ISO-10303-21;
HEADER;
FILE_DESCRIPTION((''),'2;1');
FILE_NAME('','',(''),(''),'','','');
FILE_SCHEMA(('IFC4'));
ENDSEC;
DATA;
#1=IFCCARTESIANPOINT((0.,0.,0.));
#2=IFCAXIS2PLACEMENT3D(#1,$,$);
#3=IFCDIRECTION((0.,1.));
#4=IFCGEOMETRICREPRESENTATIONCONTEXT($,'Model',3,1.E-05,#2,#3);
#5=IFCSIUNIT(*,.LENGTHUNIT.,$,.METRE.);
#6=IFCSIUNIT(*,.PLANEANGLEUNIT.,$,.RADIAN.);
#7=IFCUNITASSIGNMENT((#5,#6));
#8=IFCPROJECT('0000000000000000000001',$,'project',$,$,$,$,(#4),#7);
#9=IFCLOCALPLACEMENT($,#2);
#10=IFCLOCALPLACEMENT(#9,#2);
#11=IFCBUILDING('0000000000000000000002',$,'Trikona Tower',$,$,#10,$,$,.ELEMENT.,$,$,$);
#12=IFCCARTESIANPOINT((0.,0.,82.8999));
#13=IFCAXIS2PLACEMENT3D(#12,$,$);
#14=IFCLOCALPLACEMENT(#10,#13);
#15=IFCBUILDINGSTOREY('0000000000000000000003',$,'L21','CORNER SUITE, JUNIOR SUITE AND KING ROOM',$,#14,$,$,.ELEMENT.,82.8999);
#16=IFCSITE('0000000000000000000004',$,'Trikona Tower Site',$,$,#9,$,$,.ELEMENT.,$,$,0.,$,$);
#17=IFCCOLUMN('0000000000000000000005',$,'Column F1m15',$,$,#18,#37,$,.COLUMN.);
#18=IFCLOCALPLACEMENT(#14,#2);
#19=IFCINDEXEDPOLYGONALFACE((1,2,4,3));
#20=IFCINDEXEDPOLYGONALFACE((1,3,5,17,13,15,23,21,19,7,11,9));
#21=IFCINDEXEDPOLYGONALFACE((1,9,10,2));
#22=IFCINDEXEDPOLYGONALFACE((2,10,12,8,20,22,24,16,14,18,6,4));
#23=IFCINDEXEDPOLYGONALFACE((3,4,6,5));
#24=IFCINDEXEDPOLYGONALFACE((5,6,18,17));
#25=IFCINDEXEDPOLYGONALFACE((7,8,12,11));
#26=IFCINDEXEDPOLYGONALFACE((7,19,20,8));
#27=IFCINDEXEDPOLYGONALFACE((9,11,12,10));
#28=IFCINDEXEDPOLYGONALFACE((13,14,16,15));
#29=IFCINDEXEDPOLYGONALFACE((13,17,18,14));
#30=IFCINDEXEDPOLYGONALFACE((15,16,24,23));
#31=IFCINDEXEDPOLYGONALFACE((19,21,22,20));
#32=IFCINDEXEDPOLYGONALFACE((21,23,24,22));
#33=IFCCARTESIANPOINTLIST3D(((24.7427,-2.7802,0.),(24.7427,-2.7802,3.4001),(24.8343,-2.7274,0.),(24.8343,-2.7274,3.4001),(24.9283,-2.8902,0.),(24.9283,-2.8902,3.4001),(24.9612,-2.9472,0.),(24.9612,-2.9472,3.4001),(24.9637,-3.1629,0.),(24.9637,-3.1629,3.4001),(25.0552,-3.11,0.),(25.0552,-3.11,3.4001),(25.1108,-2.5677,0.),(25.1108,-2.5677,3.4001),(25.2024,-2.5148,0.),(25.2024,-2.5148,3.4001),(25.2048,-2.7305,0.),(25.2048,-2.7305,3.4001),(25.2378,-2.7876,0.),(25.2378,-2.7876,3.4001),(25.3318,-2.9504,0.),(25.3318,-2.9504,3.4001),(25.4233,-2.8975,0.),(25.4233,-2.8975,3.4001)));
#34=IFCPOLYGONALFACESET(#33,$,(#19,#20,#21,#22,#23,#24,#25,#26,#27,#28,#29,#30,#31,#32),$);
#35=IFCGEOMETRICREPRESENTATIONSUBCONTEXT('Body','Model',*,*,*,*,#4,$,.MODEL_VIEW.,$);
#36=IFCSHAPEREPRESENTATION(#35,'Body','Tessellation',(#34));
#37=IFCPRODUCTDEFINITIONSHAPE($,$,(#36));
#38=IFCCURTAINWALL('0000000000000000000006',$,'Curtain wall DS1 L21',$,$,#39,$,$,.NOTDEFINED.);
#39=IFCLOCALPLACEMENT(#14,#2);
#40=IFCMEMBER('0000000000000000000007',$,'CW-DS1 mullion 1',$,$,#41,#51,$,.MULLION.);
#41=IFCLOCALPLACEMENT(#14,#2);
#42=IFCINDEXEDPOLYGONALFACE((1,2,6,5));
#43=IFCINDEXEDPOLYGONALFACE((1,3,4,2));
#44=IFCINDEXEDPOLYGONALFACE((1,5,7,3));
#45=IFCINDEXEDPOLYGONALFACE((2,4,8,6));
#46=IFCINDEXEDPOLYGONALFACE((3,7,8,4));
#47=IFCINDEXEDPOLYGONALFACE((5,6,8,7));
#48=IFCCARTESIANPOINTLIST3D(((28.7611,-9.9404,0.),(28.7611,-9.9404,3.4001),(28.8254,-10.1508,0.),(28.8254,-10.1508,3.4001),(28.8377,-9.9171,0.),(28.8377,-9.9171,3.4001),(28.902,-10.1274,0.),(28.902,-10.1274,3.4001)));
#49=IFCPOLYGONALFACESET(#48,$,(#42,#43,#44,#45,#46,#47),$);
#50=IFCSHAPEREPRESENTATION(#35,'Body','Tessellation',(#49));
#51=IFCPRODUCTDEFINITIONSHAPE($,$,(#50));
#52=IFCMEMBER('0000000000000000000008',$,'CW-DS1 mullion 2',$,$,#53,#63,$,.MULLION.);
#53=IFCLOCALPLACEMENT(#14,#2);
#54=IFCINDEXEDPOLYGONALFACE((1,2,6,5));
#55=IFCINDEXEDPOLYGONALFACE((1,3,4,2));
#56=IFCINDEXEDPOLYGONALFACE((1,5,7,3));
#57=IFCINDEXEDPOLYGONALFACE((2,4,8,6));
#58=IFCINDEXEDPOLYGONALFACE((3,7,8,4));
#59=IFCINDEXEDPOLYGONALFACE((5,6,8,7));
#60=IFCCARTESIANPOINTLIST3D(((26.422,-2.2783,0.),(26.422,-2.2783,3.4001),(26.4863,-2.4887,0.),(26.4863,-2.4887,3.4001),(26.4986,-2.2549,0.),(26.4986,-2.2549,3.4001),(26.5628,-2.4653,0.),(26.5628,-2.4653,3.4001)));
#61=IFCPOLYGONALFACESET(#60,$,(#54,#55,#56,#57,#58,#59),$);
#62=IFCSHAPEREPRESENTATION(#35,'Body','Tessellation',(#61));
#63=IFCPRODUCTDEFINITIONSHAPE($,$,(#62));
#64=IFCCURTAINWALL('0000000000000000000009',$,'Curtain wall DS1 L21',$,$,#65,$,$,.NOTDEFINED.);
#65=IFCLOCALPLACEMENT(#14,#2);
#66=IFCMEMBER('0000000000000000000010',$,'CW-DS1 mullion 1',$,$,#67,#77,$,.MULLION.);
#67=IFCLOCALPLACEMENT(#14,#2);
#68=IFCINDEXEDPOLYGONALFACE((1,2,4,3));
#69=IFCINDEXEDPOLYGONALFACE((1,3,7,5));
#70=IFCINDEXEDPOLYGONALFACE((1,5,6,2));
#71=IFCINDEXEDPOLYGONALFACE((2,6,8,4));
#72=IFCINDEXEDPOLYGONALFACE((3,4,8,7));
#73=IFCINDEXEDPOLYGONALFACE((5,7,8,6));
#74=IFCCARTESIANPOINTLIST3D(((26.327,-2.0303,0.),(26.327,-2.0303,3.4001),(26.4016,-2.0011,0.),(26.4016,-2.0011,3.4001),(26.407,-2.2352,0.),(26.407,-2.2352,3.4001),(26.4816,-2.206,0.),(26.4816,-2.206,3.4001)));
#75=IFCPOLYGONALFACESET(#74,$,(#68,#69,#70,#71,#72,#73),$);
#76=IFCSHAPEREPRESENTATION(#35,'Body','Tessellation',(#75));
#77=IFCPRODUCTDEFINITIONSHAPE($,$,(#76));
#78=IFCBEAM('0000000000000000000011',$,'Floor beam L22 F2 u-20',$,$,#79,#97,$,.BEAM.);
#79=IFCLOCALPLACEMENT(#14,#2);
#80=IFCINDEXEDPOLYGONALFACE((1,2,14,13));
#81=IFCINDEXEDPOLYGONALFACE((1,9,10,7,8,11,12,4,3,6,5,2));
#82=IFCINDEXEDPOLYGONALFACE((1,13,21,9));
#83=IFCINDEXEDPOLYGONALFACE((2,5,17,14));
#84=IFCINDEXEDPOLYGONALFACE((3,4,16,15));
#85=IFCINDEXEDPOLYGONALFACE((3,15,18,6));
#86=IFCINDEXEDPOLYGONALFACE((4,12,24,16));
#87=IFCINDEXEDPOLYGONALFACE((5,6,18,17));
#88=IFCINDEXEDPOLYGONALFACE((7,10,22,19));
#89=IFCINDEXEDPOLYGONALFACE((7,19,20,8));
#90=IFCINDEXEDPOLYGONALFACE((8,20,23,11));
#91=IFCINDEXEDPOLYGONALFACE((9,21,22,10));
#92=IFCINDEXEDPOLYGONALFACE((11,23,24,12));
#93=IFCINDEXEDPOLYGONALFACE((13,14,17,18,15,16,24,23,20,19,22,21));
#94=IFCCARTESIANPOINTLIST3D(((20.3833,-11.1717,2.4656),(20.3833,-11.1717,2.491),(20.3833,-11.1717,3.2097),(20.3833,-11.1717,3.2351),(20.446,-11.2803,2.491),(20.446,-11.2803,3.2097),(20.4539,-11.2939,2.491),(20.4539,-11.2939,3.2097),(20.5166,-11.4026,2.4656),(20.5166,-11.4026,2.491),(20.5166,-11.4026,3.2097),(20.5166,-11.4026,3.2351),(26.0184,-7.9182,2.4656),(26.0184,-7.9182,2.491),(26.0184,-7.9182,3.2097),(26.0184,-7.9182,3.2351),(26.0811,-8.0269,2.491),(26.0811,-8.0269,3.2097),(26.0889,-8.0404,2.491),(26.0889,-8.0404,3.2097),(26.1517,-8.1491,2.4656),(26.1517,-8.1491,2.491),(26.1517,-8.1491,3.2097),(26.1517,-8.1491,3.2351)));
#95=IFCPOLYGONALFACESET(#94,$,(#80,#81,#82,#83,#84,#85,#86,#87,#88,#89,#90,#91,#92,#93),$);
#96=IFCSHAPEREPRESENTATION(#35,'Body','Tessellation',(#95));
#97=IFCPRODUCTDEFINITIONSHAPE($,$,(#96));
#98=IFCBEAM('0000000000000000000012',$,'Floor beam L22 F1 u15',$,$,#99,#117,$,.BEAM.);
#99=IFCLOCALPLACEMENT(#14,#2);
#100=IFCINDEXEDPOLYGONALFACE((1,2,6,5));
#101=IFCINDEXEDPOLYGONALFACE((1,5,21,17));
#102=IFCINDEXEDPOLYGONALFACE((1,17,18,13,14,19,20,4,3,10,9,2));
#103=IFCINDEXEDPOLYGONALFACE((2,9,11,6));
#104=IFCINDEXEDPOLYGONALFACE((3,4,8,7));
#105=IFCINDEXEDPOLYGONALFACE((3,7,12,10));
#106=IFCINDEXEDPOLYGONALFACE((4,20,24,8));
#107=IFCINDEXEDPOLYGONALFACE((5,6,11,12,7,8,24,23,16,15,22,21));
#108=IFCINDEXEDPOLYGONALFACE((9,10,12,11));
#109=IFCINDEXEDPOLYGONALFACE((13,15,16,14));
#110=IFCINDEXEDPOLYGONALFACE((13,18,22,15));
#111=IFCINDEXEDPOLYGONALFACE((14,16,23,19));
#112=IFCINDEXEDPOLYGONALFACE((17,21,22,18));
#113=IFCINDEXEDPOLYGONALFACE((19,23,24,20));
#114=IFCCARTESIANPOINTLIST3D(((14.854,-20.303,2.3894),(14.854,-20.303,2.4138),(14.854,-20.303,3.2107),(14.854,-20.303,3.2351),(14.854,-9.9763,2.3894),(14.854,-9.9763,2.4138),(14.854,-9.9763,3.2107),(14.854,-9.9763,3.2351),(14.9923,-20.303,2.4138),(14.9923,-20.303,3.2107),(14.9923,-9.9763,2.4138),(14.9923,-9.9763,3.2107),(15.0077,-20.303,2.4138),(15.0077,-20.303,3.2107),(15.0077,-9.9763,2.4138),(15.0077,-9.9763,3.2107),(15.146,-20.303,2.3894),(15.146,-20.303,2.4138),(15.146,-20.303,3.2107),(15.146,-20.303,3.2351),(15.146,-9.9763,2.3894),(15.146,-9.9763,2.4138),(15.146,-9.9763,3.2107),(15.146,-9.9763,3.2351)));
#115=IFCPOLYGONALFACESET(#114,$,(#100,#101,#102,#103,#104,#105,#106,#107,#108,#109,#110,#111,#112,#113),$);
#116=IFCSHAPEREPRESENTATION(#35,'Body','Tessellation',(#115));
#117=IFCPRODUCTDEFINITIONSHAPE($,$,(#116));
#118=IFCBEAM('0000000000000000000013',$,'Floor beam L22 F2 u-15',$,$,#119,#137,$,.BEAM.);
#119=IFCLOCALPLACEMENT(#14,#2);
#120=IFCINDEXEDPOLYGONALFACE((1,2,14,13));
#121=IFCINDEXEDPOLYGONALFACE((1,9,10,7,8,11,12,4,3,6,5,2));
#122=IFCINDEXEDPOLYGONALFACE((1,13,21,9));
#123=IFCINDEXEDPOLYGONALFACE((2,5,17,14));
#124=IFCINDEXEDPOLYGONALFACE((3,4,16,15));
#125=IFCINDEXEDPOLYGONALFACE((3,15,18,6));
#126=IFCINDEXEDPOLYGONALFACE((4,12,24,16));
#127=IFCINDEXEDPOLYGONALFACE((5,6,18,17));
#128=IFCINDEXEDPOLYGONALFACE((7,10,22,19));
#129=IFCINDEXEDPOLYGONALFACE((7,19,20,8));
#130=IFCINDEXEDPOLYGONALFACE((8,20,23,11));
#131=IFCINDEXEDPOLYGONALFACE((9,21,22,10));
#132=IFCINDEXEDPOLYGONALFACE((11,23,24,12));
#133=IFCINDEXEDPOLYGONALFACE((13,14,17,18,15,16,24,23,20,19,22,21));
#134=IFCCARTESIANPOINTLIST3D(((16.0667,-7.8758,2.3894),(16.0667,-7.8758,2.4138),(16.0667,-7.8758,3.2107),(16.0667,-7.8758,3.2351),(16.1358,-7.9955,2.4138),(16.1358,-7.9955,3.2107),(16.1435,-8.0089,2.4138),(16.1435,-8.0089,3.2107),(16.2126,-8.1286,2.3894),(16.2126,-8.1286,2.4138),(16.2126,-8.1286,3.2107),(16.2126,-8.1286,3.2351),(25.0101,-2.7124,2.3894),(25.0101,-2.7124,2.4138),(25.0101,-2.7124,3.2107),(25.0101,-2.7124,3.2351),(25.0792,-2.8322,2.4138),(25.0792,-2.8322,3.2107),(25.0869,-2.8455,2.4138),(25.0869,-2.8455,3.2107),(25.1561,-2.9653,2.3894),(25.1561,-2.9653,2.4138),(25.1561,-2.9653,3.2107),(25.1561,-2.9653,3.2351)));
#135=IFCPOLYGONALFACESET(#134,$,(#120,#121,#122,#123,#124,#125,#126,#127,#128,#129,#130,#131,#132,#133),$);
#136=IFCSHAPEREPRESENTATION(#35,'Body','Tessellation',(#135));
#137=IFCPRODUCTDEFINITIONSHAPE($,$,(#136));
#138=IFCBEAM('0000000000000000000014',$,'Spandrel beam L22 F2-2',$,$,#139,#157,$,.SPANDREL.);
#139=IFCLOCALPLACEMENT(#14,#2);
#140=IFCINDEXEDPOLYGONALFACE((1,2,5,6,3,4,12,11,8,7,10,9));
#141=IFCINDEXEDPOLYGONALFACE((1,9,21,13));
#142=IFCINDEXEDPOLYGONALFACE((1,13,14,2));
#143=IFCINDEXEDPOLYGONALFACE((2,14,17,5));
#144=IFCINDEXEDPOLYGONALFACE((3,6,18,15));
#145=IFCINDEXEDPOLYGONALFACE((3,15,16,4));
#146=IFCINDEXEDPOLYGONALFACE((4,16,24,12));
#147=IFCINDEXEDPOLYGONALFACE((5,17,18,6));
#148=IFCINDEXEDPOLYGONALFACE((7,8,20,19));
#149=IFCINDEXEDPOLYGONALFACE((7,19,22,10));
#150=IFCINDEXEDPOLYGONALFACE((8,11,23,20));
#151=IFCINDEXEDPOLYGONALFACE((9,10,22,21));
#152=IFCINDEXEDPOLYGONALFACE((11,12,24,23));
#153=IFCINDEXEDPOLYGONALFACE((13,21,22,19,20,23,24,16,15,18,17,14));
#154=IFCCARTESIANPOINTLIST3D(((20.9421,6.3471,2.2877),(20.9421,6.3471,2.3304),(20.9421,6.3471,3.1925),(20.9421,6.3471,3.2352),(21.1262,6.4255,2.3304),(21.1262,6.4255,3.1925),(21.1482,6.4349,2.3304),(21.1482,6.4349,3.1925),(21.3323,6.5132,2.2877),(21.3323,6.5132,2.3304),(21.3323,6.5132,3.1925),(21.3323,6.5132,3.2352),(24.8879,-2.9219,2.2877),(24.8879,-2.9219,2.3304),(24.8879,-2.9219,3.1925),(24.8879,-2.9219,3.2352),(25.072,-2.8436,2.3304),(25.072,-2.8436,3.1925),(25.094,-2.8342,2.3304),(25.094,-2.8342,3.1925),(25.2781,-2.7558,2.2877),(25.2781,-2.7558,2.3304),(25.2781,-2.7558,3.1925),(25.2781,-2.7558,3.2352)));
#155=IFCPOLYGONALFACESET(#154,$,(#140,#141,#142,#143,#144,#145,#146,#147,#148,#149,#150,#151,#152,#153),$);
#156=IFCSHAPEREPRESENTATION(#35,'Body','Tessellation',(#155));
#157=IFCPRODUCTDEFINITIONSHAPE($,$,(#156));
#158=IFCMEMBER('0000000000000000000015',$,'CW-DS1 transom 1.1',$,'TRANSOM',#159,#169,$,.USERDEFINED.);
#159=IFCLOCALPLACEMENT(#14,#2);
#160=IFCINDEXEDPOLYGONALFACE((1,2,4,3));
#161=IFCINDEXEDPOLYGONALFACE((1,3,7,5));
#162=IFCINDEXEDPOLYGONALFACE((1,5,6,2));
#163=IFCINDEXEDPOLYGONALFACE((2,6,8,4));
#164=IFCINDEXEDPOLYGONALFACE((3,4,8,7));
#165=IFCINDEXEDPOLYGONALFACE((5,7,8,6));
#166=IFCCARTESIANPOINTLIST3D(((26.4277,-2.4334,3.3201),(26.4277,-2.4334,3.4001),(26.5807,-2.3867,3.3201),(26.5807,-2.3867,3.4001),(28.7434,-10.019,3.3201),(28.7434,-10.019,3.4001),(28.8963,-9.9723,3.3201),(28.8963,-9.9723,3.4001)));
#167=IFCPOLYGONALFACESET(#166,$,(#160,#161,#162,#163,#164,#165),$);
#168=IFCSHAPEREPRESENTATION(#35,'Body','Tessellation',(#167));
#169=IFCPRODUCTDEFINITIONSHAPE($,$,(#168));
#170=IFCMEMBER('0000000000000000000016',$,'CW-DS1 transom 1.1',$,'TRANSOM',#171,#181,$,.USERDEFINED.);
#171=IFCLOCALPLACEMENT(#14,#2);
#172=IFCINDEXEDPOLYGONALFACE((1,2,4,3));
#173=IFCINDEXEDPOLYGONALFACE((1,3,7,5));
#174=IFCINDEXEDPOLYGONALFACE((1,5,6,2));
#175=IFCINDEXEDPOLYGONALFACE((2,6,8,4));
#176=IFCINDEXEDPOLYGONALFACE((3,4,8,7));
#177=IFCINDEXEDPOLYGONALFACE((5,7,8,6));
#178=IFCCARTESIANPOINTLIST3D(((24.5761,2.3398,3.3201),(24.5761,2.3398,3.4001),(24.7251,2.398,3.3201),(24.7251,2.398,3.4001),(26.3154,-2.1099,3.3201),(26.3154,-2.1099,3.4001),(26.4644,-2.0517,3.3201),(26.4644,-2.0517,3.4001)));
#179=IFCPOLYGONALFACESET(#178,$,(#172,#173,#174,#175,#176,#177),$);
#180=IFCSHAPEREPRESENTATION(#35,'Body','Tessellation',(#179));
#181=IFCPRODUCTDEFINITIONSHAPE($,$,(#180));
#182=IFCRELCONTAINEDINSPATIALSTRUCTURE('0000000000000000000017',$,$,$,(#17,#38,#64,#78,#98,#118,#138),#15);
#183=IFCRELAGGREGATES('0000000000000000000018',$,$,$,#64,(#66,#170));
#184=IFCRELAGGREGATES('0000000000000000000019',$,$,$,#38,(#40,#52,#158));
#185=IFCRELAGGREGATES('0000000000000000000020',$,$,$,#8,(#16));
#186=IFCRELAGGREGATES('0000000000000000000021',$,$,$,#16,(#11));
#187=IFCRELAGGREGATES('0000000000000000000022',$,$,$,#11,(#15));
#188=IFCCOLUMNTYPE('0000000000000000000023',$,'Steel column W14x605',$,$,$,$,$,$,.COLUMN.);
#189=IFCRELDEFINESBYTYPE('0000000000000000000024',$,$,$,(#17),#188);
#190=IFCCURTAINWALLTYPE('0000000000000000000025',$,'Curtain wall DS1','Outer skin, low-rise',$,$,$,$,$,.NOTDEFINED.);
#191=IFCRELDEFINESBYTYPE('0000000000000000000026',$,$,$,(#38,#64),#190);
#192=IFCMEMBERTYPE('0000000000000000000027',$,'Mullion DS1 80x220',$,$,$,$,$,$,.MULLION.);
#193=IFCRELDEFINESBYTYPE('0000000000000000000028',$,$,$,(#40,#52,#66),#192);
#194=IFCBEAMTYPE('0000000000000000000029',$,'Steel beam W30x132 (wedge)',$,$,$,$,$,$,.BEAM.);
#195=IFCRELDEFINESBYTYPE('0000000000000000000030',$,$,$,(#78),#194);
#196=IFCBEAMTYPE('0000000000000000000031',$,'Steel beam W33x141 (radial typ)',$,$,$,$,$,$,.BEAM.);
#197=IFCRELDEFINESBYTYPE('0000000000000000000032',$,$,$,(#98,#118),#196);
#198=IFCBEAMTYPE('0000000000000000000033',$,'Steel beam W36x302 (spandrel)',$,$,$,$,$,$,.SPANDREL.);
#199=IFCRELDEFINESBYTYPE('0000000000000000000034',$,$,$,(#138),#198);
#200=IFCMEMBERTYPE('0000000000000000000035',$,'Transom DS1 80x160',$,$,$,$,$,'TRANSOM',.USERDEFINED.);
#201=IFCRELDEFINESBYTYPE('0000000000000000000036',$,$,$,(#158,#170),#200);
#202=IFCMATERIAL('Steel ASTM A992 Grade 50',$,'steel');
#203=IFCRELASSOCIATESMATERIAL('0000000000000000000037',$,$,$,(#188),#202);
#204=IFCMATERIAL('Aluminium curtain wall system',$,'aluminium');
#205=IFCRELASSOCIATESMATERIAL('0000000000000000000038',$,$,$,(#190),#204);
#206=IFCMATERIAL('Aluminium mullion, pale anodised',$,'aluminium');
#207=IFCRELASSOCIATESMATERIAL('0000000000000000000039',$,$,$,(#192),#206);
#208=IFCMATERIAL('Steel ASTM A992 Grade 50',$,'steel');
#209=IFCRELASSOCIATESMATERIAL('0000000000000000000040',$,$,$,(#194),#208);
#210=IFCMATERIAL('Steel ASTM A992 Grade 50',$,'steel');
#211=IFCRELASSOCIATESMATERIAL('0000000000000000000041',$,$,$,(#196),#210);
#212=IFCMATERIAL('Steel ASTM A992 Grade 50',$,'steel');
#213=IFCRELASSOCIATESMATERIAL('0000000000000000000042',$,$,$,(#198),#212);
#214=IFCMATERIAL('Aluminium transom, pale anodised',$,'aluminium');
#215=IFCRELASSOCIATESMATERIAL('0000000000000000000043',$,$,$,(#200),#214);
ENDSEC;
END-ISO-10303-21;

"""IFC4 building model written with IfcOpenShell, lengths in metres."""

from ifc_helpers import new_model, si_unit, direction, frame, origin, origin_2d, place, context, subcontext, project, spatial, rectangle, i_section, extrude, material, material_profile, profile_set, type_object, element, aggregate, save


model = new_model("IFC4")

# Units and contexts
model_context = context("Model", 3, precision=1e-05, world=origin(), true_north=direction((0.0, 1.0)))
body_context = subcontext(model_context, "Body", "Model", "MODEL_VIEW")
ifc_project = project(units=[si_unit("LENGTHUNIT", "METRE"), si_unit("PLANEANGLEUNIT", "RADIAN")], contexts=[model_context])

# Site, building, storey
site_placement = place(None, origin())
site = spatial("IfcSite", under=ifc_project, at=site_placement, Name="Trikona Tower Site", CompositionType="ELEMENT", RefElevation=0.0)
building_placement = place(site_placement, origin())
building = spatial("IfcBuilding", under=site, at=building_placement, Name="Trikona Tower", CompositionType="ELEMENT")
storey_placement = place(building_placement, frame((0.0, 0.0, 82.8999)))
storey = spatial("IfcBuildingStorey", under=building, at=storey_placement, Name="L21", Description="CORNER SUITE, JUNIOR SUITE AND KING ROOM", CompositionType="ELEMENT", Elevation=82.8999)

# Column
ifc_material_1 = material(Name="Steel ASTM A992 Grade 50", Category="steel")
ifc_material_profile_1 = material_profile(ifc_material_1, i_section(OverallWidth=0.4419, OverallDepth=0.5308, WebThickness=0.0659, FlangeThickness=0.1057, at=origin_2d()), Name="W14X605")
ifc_profile_set_1 = profile_set([ifc_material_profile_1], Name="Steel ASTM A992 Grade 50")
column_type = type_object("IfcColumnType", Name="Steel column W14x605", PredefinedType="COLUMN", material=ifc_profile_set_1)
column_placement = place(storey_placement, frame((25.083, -2.8389, 0.0), z_axis=(0.0, 0.0, 1.0), x_axis=(-0.5, 0.866025, 0.0)))
element("IfcColumn", 1, at=column_placement, inside=storey, type_object=column_type, Name="Column F1m15", PredefinedType="COLUMN", context=body_context, shape_type="SweptSolid", body=[
    extrude(i_section(OverallWidth=0.4419, OverallDepth=0.5308, WebThickness=0.0659, FlangeThickness=0.1057, at=origin_2d()), origin(), (0.0, 0.0, 1.0), 3.4001),
])

# Curtain wall, members
ifc_material_2 = material(Name="Aluminium curtain wall system", Category="aluminium")
curtain_wall_type = type_object("IfcCurtainWallType", Name="Curtain wall DS1", Description="Outer skin, low-rise", PredefinedType="NOTDEFINED", material=ifc_material_2)
curtain_wall_1_placement = place(storey_placement, origin())
curtain_wall_1 = element("IfcCurtainWall", 2, at=curtain_wall_1_placement, inside=storey, type_object=curtain_wall_type, Name="Curtain wall DS1 L21", PredefinedType="NOTDEFINED")
ifc_material_3 = material(Name="Aluminium mullion, pale anodised", Category="aluminium")
ifc_material_profile_2 = material_profile(ifc_material_3, rectangle(XDim=0.0801, YDim=0.22, at=origin_2d()), Name="MUL-DS1")
ifc_profile_set_2 = profile_set([ifc_material_profile_2], Name="Aluminium mullion, pale anodised")
member_type_1 = type_object("IfcMemberType", Name="Mullion DS1 80x220", PredefinedType="MULLION", material=ifc_profile_set_2)
member_1_placement = place(storey_placement, frame((28.8315, -10.0339, 0.0), z_axis=(0.0, 0.0, 1.0), x_axis=(-0.956423, -0.291984, 0.0)))
member_1 = element("IfcMember", 3, at=member_1_placement, type_object=member_type_1, Name="CW-DS1 mullion 1", PredefinedType="MULLION", context=body_context, shape_type="SweptSolid", body=[
    extrude(rectangle(XDim=0.0801, YDim=0.22, at=origin_2d()), origin(), (0.0, 0.0, 1.0), 3.4001),
])
member_2_placement = place(storey_placement, frame((26.4924, -2.3718, 0.0), z_axis=(0.0, 0.0, 1.0), x_axis=(-0.956423, -0.291984, 0.0)))
member_2 = element("IfcMember", 4, at=member_2_placement, type_object=member_type_1, Name="CW-DS1 mullion 2", PredefinedType="MULLION", context=body_context, shape_type="SweptSolid", body=[
    extrude(rectangle(XDim=0.0801, YDim=0.22, at=origin_2d()), origin(), (0.0, 0.0, 1.0), 3.4001),
])

# Curtain wall, member
curtain_wall_2_placement = place(storey_placement, origin())
curtain_wall_2 = element("IfcCurtainWall", 5, at=curtain_wall_2_placement, inside=storey, type_object=curtain_wall_type, Name="Curtain wall DS1 L21", PredefinedType="NOTDEFINED")
member_3_placement = place(storey_placement, frame((26.4043, -2.1182, 0.0), z_axis=(0.0, 0.0, 1.0), x_axis=(-0.931396, -0.364008, 0.0)))
member_3 = element("IfcMember", 6, at=member_3_placement, type_object=member_type_1, Name="CW-DS1 mullion 1", PredefinedType="MULLION", context=body_context, shape_type="SweptSolid", body=[
    extrude(rectangle(XDim=0.0801, YDim=0.22, at=origin_2d()), origin(), (0.0, 0.0, 1.0), 3.4001),
])

# Beams
ifc_material_4 = material(Name="Steel ASTM A992 Grade 50", Category="steel")
ifc_material_profile_3 = material_profile(ifc_material_4, i_section(OverallWidth=0.2666, OverallDepth=0.7695, WebThickness=0.0156, FlangeThickness=0.0254, at=origin_2d()), Name="W30X132")
ifc_profile_set_3 = profile_set([ifc_material_profile_3], Name="Steel ASTM A992 Grade 50")
beam_type_1 = type_object("IfcBeamType", Name="Steel beam W30x132 (wedge)", PredefinedType="BEAM", material=ifc_profile_set_3)
beam_1_placement = place(storey_placement, frame((20.45, -11.2871, 2.8503), z_axis=(0.866023, 0.500005, 0.0), x_axis=(-0.500005, 0.866023, 0.0)))
element("IfcBeam", 7, at=beam_1_placement, inside=storey, type_object=beam_type_1, Name="Floor beam L22 F2 u-20", PredefinedType="BEAM", context=body_context, shape_type="SweptSolid", body=[
    extrude(i_section(OverallWidth=0.2666, OverallDepth=0.7695, WebThickness=0.0156, FlangeThickness=0.0254, at=origin_2d()), origin(), (0.0, 0.0, 1.0), 6.5068),
])
ifc_material_5 = material(Name="Steel ASTM A992 Grade 50", Category="steel")
ifc_material_profile_4 = material_profile(ifc_material_5, i_section(OverallWidth=0.292, OverallDepth=0.8457, WebThickness=0.0154, FlangeThickness=0.0244, at=origin_2d()), Name="W33X141")
ifc_profile_set_4 = profile_set([ifc_material_profile_4], Name="Steel ASTM A992 Grade 50")
beam_type_2 = type_object("IfcBeamType", Name="Steel beam W33x141 (radial typ)", PredefinedType="BEAM", material=ifc_profile_set_4)
beam_2_placement = place(storey_placement, frame((15.0, -9.9763, 2.8123), z_axis=(0.0, -1.0, 0.0), x_axis=(1.0, 0.0, 0.0)))
element("IfcBeam", 8, at=beam_2_placement, inside=storey, type_object=beam_type_2, Name="Floor beam L22 F1 u15", PredefinedType="BEAM", context=body_context, shape_type="SweptSolid", body=[
    extrude(i_section(OverallWidth=0.292, OverallDepth=0.8457, WebThickness=0.0154, FlangeThickness=0.0244, at=origin_2d()), origin(), (0.0, 0.0, 1.0), 10.3267),
])
beam_3_placement = place(storey_placement, frame((16.1396, -8.0022, 2.8123), z_axis=(0.86603, 0.499991, 0.0), x_axis=(-0.499991, 0.86603, 0.0)))
element("IfcBeam", 9, at=beam_3_placement, inside=storey, type_object=beam_type_2, Name="Floor beam L22 F2 u-15", PredefinedType="BEAM", context=body_context, shape_type="SweptSolid", body=[
    extrude(i_section(OverallWidth=0.292, OverallDepth=0.8457, WebThickness=0.0154, FlangeThickness=0.0244, at=origin_2d()), origin(), (0.0, 0.0, 1.0), 10.3269),
])
ifc_material_6 = material(Name="Steel ASTM A992 Grade 50", Category="steel")
ifc_material_profile_5 = material_profile(ifc_material_6, i_section(OverallWidth=0.4241, OverallDepth=0.9475, WebThickness=0.0239, FlangeThickness=0.0427, at=origin_2d()), Name="W36X302")
ifc_profile_set_5 = profile_set([ifc_material_profile_5], Name="Steel ASTM A992 Grade 50")
beam_type_3 = type_object("IfcBeamType", Name="Steel beam W36x302 (spandrel)", PredefinedType="SPANDREL", material=ifc_profile_set_5)
beam_4_placement = place(storey_placement, frame((25.083, -2.8389, 2.7615), z_axis=(-0.391684, 0.9201, 0.0), x_axis=(-0.9201, -0.391684, 0.0)))
element("IfcBeam", 10, at=beam_4_placement, inside=storey, type_object=beam_type_3, Name="Spandrel beam L22 F2-2", PredefinedType="SPANDREL", context=body_context, shape_type="SweptSolid", body=[
    extrude(i_section(OverallWidth=0.4241, OverallDepth=0.9475, WebThickness=0.0239, FlangeThickness=0.0427, at=origin_2d()), origin(), (0.0, 0.0, 1.0), 10.074),
])

# Members
ifc_material_7 = material(Name="Aluminium transom, pale anodised", Category="aluminium")
ifc_material_profile_6 = material_profile(ifc_material_7, rectangle(XDim=0.1599, YDim=0.0801, at=origin_2d()), Name="TRN-DS1")
ifc_profile_set_6 = profile_set([ifc_material_profile_6], Name="Aluminium transom, pale anodised")
member_type_2 = type_object("IfcMemberType", Name="Transom DS1 80x160", ElementType="TRANSOM", PredefinedType="USERDEFINED", material=ifc_profile_set_6)
member_4_placement = place(storey_placement, frame((28.8198, -9.9956, 3.3601), z_axis=(-0.291967, 0.956428, 0.0), x_axis=(-0.956428, -0.291967, 0.0)))
member_4 = element("IfcMember", 11, at=member_4_placement, type_object=member_type_2, Name="CW-DS1 transom 1.1", ObjectType="TRANSOM", PredefinedType="USERDEFINED", context=body_context, shape_type="SweptSolid", body=[
    extrude(rectangle(XDim=0.1599, YDim=0.0801, at=origin_2d()), origin(), (0.0, 0.0, 1.0), 7.9312),
])
member_5_placement = place(storey_placement, frame((26.3899, -2.0808, 3.3601), z_axis=(-0.364049, 0.93138, 0.0), x_axis=(-0.93138, -0.364049, 0.0)))
member_5 = element("IfcMember", 12, at=member_5_placement, type_object=member_type_2, Name="CW-DS1 transom 1.1", ObjectType="TRANSOM", PredefinedType="USERDEFINED", context=body_context, shape_type="SweptSolid", body=[
    extrude(rectangle(XDim=0.1599, YDim=0.0801, at=origin_2d()), origin(), (0.0, 0.0, 1.0), 4.7776),
])
aggregate(curtain_wall_2, [member_3, member_5])

aggregate(curtain_wall_1, [member_1, member_2, member_4])

save(model, "model.ifc")
